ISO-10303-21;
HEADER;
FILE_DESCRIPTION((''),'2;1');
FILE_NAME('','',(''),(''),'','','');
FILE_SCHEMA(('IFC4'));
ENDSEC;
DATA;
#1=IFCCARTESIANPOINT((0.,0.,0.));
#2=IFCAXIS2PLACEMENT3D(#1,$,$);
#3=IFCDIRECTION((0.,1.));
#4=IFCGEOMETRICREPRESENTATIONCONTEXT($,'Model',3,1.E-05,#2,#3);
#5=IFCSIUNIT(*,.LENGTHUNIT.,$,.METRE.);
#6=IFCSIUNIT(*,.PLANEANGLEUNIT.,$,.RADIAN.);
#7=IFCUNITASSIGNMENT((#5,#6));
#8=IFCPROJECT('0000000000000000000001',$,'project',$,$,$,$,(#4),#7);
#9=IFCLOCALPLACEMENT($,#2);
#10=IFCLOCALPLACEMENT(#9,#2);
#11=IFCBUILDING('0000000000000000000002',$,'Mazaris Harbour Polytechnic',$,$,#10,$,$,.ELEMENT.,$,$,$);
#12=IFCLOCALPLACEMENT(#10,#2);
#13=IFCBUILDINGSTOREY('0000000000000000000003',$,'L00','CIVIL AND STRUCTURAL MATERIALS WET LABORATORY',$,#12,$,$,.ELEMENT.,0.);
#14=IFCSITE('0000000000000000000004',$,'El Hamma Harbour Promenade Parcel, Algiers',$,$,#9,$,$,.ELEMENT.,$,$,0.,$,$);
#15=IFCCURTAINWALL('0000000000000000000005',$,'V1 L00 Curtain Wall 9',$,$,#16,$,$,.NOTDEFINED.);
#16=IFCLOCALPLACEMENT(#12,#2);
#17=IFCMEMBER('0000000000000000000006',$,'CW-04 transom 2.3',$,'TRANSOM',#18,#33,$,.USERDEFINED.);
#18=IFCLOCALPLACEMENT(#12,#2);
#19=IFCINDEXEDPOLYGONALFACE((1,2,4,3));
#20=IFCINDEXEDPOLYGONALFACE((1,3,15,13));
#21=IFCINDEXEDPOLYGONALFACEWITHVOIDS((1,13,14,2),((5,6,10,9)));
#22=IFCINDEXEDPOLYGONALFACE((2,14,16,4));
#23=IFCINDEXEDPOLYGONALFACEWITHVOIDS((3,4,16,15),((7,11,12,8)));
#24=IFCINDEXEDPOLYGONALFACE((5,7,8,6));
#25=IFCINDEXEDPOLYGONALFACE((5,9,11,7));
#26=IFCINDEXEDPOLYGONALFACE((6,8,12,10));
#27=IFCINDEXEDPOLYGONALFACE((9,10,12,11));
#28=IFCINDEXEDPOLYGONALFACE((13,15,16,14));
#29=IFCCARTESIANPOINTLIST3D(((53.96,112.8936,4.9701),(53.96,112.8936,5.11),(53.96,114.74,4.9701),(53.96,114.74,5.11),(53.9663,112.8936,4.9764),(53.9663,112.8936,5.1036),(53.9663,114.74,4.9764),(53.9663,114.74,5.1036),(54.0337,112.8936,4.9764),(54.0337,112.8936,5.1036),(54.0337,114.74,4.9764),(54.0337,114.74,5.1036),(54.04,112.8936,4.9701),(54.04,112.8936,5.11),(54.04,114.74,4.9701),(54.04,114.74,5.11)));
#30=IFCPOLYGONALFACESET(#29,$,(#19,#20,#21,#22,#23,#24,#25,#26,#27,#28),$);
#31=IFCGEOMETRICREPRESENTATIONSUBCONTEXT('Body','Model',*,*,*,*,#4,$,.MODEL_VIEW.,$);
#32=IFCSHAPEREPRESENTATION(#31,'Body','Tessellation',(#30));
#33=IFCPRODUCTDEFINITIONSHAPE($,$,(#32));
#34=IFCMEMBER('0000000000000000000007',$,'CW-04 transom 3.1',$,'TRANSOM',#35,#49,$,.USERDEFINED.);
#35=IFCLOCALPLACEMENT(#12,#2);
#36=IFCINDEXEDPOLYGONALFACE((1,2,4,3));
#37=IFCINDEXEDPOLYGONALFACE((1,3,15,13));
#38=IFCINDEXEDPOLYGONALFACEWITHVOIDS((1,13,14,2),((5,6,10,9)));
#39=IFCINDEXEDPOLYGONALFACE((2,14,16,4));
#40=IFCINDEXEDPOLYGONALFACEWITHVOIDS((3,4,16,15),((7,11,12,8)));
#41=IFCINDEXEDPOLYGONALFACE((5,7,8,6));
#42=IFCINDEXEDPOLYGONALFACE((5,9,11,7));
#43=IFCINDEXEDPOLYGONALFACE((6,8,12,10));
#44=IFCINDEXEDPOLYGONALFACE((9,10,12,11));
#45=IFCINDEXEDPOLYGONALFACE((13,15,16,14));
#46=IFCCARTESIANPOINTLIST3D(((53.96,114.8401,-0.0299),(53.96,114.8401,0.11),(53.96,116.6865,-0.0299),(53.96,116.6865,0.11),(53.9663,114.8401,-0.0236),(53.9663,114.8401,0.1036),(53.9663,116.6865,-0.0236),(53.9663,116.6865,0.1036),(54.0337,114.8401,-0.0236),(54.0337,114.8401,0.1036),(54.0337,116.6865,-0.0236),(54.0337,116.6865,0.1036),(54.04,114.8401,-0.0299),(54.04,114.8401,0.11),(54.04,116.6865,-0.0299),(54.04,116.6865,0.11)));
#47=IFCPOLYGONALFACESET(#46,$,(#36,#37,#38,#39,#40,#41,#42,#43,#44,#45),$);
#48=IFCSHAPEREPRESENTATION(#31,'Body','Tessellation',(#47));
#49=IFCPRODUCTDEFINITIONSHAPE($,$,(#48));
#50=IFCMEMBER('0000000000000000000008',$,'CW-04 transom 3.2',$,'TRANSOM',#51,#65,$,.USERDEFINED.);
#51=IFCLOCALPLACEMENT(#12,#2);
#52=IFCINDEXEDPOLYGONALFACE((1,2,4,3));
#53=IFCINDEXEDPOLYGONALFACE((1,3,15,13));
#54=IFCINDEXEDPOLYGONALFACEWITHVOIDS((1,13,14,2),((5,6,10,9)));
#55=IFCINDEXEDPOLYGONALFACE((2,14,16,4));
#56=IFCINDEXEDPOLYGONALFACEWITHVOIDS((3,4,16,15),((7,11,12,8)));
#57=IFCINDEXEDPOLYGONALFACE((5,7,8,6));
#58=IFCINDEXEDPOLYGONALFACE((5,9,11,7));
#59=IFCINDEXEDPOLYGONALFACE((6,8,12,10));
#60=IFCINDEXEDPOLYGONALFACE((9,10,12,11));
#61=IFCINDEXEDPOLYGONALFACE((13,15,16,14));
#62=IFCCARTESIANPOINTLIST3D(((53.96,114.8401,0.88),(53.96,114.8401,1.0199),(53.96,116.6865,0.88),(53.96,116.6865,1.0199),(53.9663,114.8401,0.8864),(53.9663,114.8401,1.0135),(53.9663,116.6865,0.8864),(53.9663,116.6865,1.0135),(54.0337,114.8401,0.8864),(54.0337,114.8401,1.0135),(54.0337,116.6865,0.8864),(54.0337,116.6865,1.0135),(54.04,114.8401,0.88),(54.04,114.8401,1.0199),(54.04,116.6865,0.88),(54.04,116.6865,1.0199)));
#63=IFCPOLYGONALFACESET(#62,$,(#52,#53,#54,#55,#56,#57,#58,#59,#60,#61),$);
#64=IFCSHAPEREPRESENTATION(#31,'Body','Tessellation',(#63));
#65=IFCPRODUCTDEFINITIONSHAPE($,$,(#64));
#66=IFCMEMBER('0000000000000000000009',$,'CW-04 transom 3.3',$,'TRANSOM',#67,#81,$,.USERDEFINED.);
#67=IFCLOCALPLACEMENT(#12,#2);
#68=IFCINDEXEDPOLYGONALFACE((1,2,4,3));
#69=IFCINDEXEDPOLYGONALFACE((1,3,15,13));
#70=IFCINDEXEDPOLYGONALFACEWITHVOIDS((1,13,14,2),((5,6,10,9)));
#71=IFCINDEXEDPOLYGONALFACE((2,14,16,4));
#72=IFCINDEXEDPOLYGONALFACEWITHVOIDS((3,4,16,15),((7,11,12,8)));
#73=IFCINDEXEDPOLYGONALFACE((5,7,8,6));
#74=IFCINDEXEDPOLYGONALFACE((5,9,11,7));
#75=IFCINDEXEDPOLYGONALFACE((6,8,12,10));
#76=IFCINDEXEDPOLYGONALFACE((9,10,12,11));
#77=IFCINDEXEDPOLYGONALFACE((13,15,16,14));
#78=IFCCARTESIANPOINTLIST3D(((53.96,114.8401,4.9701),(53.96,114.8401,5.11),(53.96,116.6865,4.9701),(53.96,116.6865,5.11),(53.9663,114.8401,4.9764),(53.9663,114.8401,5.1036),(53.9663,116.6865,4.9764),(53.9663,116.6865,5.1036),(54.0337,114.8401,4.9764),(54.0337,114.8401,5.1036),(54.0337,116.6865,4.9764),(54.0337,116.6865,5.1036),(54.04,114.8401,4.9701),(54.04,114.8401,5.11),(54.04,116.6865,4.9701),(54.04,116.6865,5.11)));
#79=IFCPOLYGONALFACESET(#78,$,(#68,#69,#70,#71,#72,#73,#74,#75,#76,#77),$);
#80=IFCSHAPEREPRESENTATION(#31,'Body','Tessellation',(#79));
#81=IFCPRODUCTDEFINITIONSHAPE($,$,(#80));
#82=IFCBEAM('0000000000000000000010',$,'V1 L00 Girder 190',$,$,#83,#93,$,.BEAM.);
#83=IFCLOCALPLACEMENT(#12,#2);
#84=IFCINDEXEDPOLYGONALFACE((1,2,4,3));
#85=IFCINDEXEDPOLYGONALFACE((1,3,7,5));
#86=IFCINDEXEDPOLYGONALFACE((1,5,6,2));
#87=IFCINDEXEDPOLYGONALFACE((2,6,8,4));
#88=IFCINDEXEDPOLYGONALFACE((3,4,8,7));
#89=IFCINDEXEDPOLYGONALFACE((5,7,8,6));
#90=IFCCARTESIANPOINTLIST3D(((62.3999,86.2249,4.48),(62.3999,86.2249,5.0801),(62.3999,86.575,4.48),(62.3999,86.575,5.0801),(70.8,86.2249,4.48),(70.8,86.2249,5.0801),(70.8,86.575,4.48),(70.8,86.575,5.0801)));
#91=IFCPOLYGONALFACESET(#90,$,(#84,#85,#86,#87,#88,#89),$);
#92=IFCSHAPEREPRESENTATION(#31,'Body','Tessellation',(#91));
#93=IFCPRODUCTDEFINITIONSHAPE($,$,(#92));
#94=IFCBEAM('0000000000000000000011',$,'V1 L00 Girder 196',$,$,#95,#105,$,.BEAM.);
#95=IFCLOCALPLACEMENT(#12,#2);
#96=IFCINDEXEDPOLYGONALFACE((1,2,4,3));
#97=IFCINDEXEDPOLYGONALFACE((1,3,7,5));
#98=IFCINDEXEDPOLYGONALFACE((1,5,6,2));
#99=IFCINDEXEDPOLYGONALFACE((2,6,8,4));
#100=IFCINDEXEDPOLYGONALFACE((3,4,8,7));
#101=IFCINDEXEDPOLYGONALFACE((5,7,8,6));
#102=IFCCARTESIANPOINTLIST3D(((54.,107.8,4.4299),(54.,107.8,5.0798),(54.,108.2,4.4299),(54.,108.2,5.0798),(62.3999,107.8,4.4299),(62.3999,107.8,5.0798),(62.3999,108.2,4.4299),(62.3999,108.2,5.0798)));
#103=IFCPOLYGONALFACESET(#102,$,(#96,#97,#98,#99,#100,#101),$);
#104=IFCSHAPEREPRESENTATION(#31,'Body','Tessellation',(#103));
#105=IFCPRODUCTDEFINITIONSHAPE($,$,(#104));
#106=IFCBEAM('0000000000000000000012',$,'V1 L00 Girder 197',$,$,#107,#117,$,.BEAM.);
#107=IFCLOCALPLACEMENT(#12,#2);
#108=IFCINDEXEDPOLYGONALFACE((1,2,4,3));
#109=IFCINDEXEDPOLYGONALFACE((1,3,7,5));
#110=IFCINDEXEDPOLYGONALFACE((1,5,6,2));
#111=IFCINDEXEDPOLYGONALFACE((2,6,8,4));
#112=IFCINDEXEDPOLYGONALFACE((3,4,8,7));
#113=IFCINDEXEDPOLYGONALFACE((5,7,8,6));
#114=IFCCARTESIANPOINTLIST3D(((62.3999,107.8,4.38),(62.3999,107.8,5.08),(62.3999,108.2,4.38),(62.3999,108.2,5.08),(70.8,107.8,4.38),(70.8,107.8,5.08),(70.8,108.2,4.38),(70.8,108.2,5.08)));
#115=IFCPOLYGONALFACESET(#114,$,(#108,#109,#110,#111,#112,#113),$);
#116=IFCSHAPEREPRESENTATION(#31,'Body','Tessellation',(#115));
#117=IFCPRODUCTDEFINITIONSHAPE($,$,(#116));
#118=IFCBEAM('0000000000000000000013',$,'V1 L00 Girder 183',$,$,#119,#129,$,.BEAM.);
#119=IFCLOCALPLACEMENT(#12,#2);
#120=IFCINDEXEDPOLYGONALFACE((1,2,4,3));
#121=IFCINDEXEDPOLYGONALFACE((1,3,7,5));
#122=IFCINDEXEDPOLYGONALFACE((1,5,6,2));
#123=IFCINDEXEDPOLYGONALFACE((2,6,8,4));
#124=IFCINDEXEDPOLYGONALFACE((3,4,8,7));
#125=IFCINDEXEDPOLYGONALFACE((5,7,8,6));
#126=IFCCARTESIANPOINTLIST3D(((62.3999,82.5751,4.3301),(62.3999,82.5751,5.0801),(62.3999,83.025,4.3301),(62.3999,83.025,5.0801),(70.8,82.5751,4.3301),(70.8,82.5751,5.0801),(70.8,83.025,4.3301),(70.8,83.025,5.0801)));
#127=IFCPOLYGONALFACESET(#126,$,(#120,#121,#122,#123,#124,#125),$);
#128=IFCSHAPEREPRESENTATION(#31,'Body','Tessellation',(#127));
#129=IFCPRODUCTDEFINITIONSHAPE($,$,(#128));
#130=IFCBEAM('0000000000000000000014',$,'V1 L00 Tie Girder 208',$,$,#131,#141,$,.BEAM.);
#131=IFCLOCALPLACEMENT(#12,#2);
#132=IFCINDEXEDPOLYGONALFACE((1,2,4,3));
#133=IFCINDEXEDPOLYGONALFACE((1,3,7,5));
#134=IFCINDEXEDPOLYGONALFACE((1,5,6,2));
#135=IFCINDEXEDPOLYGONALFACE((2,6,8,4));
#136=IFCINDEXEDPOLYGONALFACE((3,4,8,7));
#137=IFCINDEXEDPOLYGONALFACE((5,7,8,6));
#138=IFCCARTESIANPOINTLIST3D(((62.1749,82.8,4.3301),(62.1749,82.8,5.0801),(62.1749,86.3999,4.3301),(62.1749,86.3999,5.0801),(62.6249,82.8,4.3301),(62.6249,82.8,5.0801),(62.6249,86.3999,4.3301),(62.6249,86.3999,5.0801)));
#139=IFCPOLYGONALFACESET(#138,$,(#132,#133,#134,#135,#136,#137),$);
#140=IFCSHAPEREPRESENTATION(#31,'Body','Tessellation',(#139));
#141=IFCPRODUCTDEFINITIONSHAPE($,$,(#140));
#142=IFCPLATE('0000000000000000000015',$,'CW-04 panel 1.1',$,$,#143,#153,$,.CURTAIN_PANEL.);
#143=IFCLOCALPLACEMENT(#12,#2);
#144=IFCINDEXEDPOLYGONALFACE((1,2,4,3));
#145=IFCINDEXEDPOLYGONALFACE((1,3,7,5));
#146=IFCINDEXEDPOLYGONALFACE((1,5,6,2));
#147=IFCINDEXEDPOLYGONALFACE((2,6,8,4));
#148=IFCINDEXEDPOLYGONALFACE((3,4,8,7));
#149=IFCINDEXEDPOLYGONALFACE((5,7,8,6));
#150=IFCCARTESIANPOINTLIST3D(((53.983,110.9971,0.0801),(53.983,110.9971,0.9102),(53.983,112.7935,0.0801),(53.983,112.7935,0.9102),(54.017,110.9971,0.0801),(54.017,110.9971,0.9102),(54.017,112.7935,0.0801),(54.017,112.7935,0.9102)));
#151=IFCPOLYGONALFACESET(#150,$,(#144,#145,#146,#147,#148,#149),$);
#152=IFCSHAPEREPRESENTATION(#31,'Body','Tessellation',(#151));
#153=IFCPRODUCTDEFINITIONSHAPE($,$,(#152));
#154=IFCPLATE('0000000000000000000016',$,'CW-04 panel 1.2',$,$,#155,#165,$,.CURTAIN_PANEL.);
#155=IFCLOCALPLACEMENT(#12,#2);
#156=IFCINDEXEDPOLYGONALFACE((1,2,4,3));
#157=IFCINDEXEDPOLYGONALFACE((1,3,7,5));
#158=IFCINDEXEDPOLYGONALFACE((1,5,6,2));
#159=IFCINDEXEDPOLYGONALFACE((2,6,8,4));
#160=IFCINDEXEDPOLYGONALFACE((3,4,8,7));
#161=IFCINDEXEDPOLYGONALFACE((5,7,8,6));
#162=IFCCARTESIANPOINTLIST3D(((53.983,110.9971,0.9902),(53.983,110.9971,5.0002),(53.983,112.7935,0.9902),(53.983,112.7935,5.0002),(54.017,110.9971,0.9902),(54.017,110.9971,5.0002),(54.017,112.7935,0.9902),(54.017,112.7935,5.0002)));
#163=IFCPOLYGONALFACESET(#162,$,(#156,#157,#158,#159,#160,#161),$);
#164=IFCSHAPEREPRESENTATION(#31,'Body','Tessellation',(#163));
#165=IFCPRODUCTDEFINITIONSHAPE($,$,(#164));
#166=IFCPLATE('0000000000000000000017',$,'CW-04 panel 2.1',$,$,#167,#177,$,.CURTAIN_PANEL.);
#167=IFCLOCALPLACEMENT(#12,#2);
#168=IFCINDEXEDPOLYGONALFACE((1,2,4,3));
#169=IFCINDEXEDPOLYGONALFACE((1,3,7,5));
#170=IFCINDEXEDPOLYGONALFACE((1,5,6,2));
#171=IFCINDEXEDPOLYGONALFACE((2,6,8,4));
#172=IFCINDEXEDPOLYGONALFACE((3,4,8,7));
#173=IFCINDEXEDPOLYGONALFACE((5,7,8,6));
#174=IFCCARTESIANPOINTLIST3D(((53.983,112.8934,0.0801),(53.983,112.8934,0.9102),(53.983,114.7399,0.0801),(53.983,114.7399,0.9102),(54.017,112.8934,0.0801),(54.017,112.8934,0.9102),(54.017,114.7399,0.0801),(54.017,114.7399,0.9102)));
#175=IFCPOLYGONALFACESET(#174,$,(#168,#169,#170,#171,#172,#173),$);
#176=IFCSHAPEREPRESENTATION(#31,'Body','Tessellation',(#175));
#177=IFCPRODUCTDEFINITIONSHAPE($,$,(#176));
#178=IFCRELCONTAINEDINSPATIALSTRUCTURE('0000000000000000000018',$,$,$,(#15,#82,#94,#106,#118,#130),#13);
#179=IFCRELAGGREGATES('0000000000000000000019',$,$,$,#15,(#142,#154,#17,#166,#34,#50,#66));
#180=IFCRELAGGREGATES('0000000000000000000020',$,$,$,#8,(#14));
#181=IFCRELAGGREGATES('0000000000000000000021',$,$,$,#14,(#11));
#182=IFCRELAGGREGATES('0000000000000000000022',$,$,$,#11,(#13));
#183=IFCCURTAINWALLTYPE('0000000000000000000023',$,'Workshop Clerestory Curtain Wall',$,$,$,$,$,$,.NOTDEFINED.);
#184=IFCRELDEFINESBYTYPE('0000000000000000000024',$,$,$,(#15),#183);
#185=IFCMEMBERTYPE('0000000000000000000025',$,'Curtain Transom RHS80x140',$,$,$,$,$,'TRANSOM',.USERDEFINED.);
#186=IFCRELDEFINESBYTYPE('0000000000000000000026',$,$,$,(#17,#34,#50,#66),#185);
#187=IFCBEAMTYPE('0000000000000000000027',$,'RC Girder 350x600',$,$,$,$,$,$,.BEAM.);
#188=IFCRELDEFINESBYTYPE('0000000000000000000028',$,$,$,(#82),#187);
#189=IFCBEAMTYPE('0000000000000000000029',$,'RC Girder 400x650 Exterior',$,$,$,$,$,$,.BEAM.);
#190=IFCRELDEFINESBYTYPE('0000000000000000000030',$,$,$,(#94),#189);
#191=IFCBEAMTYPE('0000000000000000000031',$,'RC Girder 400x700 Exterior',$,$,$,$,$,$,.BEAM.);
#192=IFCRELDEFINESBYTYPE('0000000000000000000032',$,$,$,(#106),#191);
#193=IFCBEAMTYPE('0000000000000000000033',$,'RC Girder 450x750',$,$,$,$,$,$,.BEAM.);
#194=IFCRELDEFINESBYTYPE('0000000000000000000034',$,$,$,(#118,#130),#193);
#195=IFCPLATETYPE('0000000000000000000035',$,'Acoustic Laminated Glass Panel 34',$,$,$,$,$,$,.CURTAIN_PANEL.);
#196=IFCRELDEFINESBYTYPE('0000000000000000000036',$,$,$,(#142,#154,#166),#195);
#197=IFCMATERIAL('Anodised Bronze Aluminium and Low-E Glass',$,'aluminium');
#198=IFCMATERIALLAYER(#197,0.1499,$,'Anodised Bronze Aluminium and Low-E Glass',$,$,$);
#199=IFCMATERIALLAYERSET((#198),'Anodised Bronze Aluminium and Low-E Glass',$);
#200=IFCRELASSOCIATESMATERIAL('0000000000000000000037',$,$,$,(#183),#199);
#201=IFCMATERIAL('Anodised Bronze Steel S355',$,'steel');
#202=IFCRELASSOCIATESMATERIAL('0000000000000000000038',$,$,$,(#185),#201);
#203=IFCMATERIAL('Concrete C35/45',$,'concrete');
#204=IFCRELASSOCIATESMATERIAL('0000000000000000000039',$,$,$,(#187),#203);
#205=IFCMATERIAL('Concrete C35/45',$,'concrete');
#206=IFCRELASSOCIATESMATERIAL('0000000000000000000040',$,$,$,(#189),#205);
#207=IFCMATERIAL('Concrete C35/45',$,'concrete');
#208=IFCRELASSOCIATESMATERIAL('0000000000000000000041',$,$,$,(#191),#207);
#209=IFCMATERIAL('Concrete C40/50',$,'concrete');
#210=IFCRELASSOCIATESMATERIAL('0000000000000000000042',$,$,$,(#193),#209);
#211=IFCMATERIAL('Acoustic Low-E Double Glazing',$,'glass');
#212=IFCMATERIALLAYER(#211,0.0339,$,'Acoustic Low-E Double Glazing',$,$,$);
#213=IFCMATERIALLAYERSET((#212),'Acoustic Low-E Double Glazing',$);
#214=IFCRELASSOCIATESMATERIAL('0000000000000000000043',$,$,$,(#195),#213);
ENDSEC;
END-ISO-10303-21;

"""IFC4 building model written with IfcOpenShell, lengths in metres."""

from ifc_helpers import new_model, si_unit, direction, frame, origin, origin_2d, place, context, subcontext, project, spatial, rectangle, hollow_rectangle, extrude, material, layer, layer_set, material_profile, profile_set, type_object, element, aggregate, save


model = new_model("IFC4")

# Units and contexts
model_context = context("Model", 3, precision=1e-05, world=origin(), true_north=direction((0.0, 1.0)))
body_context = subcontext(model_context, "Body", "Model", "MODEL_VIEW")
ifc_project = project(units=[si_unit("LENGTHUNIT", "METRE"), si_unit("PLANEANGLEUNIT", "RADIAN")], contexts=[model_context])

# Site, building, storey
site_placement = place(None, origin())
site = spatial("IfcSite", under=ifc_project, at=site_placement, Name="El Hamma Harbour Promenade Parcel, Algiers", CompositionType="ELEMENT", RefElevation=0.0)
building_placement = place(site_placement, origin())
building = spatial("IfcBuilding", under=site, at=building_placement, Name="Mazaris Harbour Polytechnic", CompositionType="ELEMENT")
storey_placement = place(building_placement, origin())
storey = spatial("IfcBuildingStorey", under=building, at=storey_placement, Name="L00", Description="CIVIL AND STRUCTURAL MATERIALS WET LABORATORY", CompositionType="ELEMENT", Elevation=0.0)

# Curtain wall, members
ifc_material_1 = material(Name="Anodised Bronze Aluminium and Low-E Glass", Category="aluminium")
ifc_layer_1 = layer(ifc_material_1, 0.1499, Name="Anodised Bronze Aluminium and Low-E Glass")
ifc_layer_set_1 = layer_set([ifc_layer_1], Name="Anodised Bronze Aluminium and Low-E Glass")
curtain_wall_type = type_object("IfcCurtainWallType", Name="Workshop Clerestory Curtain Wall", PredefinedType="NOTDEFINED", material=ifc_layer_set_1)
curtain_wall_placement = place(storey_placement, origin())
curtain_wall = element("IfcCurtainWall", 1, at=curtain_wall_placement, inside=storey, type_object=curtain_wall_type, Name="V1 L00 Curtain Wall 9", PredefinedType="NOTDEFINED")
ifc_material_2 = material(Name="Anodised Bronze Steel S355", Category="steel")
ifc_material_profile_1 = material_profile(ifc_material_2, hollow_rectangle(XDim=0.0801, YDim=0.1399, WallThickness=0.0063, at=origin_2d()), Name="RHS 80x140x6.3")
ifc_profile_set_1 = profile_set([ifc_material_profile_1], Name="Anodised Bronze Steel S355")
member_type_1 = type_object("IfcMemberType", Name="Curtain Transom RHS80x140", ElementType="TRANSOM", PredefinedType="USERDEFINED", material=ifc_profile_set_1)
member_1_placement = place(storey_placement, frame((54.0, 112.8936, 5.04), z_axis=(0.0, 1.0, 0.0), x_axis=(-1.0, 0.0, 0.0)))
member_1 = element("IfcMember", 2, at=member_1_placement, type_object=member_type_1, Name="CW-04 transom 2.3", ObjectType="TRANSOM", PredefinedType="USERDEFINED", context=body_context, shape_type="SweptSolid", body=[
    extrude(hollow_rectangle(XDim=0.0801, YDim=0.1399, WallThickness=0.0063, at=origin_2d()), origin(), (0.0, 0.0, 1.0), 1.8464),
])
member_2_placement = place(storey_placement, frame((54.0, 114.8401, 0.04), z_axis=(0.0, 1.0, 0.0), x_axis=(-1.0, 0.0, 0.0)))
member_2 = element("IfcMember", 3, at=member_2_placement, type_object=member_type_1, Name="CW-04 transom 3.1", ObjectType="TRANSOM", PredefinedType="USERDEFINED", context=body_context, shape_type="SweptSolid", body=[
    extrude(hollow_rectangle(XDim=0.0801, YDim=0.1399, WallThickness=0.0063, at=origin_2d()), origin(), (0.0, 0.0, 1.0), 1.8464),
])
member_3_placement = place(storey_placement, frame((54.0, 114.8401, 0.95), z_axis=(0.0, 1.0, 0.0), x_axis=(-1.0, 0.0, 0.0)))
member_3 = element("IfcMember", 4, at=member_3_placement, type_object=member_type_1, Name="CW-04 transom 3.2", ObjectType="TRANSOM", PredefinedType="USERDEFINED", context=body_context, shape_type="SweptSolid", body=[
    extrude(hollow_rectangle(XDim=0.0801, YDim=0.1399, WallThickness=0.0063, at=origin_2d()), origin(), (0.0, 0.0, 1.0), 1.8464),
])
member_4_placement = place(storey_placement, frame((54.0, 114.8401, 5.04), z_axis=(0.0, 1.0, 0.0), x_axis=(-1.0, 0.0, 0.0)))
member_4 = element("IfcMember", 5, at=member_4_placement, type_object=member_type_1, Name="CW-04 transom 3.3", ObjectType="TRANSOM", PredefinedType="USERDEFINED", context=body_context, shape_type="SweptSolid", body=[
    extrude(hollow_rectangle(XDim=0.0801, YDim=0.1399, WallThickness=0.0063, at=origin_2d()), origin(), (0.0, 0.0, 1.0), 1.8464),
])

# Beams
ifc_material_3 = material(Name="Concrete C35/45", Category="concrete")
ifc_material_profile_2 = material_profile(ifc_material_3, rectangle(XDim=0.3501, YDim=0.6001, at=origin_2d()), Name="RECT350x600")
ifc_profile_set_2 = profile_set([ifc_material_profile_2], Name="Concrete C35/45")
beam_type_1 = type_object("IfcBeamType", Name="RC Girder 350x600", PredefinedType="BEAM", material=ifc_profile_set_2)
beam_1_placement = place(storey_placement, frame((62.3999, 86.3999, 4.78), z_axis=(1.0, 0.0, 0.0), x_axis=(0.0, 1.0, 0.0)))
element("IfcBeam", 6, at=beam_1_placement, inside=storey, type_object=beam_type_1, Name="V1 L00 Girder 190", PredefinedType="BEAM", context=body_context, shape_type="SweptSolid", body=[
    extrude(rectangle(XDim=0.3501, YDim=0.6001, at=origin_2d()), origin(), (0.0, 0.0, 1.0), 8.4001),
])
ifc_material_4 = material(Name="Concrete C35/45", Category="concrete")
ifc_material_profile_3 = material_profile(ifc_material_4, rectangle(XDim=0.3999, YDim=0.6499, at=origin_2d()), Name="RECT400x650")
ifc_profile_set_3 = profile_set([ifc_material_profile_3], Name="Concrete C35/45")
beam_type_2 = type_object("IfcBeamType", Name="RC Girder 400x650 Exterior", PredefinedType="BEAM", material=ifc_profile_set_3)
beam_2_placement = place(storey_placement, frame((54.0, 108.0, 4.7549), z_axis=(1.0, 0.0, 0.0), x_axis=(0.0, 1.0, 0.0)))
element("IfcBeam", 7, at=beam_2_placement, inside=storey, type_object=beam_type_2, Name="V1 L00 Girder 196", PredefinedType="BEAM", context=body_context, shape_type="SweptSolid", body=[
    extrude(rectangle(XDim=0.3999, YDim=0.6499, at=origin_2d()), origin(), (0.0, 0.0, 1.0), 8.3999),
])
ifc_material_5 = material(Name="Concrete C35/45", Category="concrete")
ifc_material_profile_4 = material_profile(ifc_material_5, rectangle(XDim=0.3999, YDim=0.7, at=origin_2d()), Name="RECT400x700")
ifc_profile_set_4 = profile_set([ifc_material_profile_4], Name="Concrete C35/45")
beam_type_3 = type_object("IfcBeamType", Name="RC Girder 400x700 Exterior", PredefinedType="BEAM", material=ifc_profile_set_4)
beam_3_placement = place(storey_placement, frame((62.3999, 108.0, 4.73), z_axis=(1.0, 0.0, 0.0), x_axis=(0.0, 1.0, 0.0)))
element("IfcBeam", 8, at=beam_3_placement, inside=storey, type_object=beam_type_3, Name="V1 L00 Girder 197", PredefinedType="BEAM", context=body_context, shape_type="SweptSolid", body=[
    extrude(rectangle(XDim=0.3999, YDim=0.7, at=origin_2d()), origin(), (0.0, 0.0, 1.0), 8.4001),
])
ifc_material_6 = material(Name="Concrete C40/50", Category="concrete")
ifc_material_profile_5 = material_profile(ifc_material_6, rectangle(XDim=0.45, YDim=0.75, at=origin_2d()), Name="RECT450x750")
ifc_profile_set_5 = profile_set([ifc_material_profile_5], Name="Concrete C40/50")
beam_type_4 = type_object("IfcBeamType", Name="RC Girder 450x750", PredefinedType="BEAM", material=ifc_profile_set_5)
beam_4_placement = place(storey_placement, frame((62.3999, 82.8, 4.7051), z_axis=(1.0, 0.0, 0.0), x_axis=(0.0, 1.0, 0.0)))
element("IfcBeam", 9, at=beam_4_placement, inside=storey, type_object=beam_type_4, Name="V1 L00 Girder 183", PredefinedType="BEAM", context=body_context, shape_type="SweptSolid", body=[
    extrude(rectangle(XDim=0.45, YDim=0.75, at=origin_2d()), origin(), (0.0, 0.0, 1.0), 8.4001),
])
beam_5_placement = place(storey_placement, frame((62.3999, 82.8, 4.7051), z_axis=(0.0, 1.0, 0.0), x_axis=(-1.0, 0.0, 0.0)))
element("IfcBeam", 10, at=beam_5_placement, inside=storey, type_object=beam_type_4, Name="V1 L00 Tie Girder 208", PredefinedType="BEAM", context=body_context, shape_type="SweptSolid", body=[
    extrude(rectangle(XDim=0.45, YDim=0.75, at=origin_2d()), origin(), (0.0, 0.0, 1.0), 3.5999),
])

# Plates
ifc_material_7 = material(Name="Acoustic Low-E Double Glazing", Category="glass")
ifc_layer_2 = layer(ifc_material_7, 0.0339, Name="Acoustic Low-E Double Glazing")
ifc_layer_set_2 = layer_set([ifc_layer_2], Name="Acoustic Low-E Double Glazing")
plate_type = type_object("IfcPlateType", Name="Acoustic Laminated Glass Panel 34", PredefinedType="CURTAIN_PANEL", material=ifc_layer_set_2)
plate_1_placement = place(storey_placement, frame((54.0, 111.8953, 0.0801), z_axis=(0.0, 0.0, 1.0), x_axis=(0.0, 1.0, 0.0)))
plate_1 = element("IfcPlate", 11, at=plate_1_placement, type_object=plate_type, Name="CW-04 panel 1.1", PredefinedType="CURTAIN_PANEL", context=body_context, shape_type="SweptSolid", body=[
    extrude(rectangle(XDim=1.7964, YDim=0.0339, at=origin_2d()), origin(), (0.0, 0.0, 1.0), 0.8301),
])
plate_2_placement = place(storey_placement, frame((54.0, 111.8953, 0.9902), z_axis=(0.0, 0.0, 1.0), x_axis=(0.0, 1.0, 0.0)))
plate_2 = element("IfcPlate", 12, at=plate_2_placement, type_object=plate_type, Name="CW-04 panel 1.2", PredefinedType="CURTAIN_PANEL", context=body_context, shape_type="SweptSolid", body=[
    extrude(rectangle(XDim=1.7964, YDim=0.0339, at=origin_2d()), origin(), (0.0, 0.0, 1.0), 4.01),
])
plate_3_placement = place(storey_placement, frame((54.0, 113.8167, 0.0801), z_axis=(0.0, 0.0, 1.0), x_axis=(0.0, 1.0, 0.0)))
plate_3 = element("IfcPlate", 13, at=plate_3_placement, type_object=plate_type, Name="CW-04 panel 2.1", PredefinedType="CURTAIN_PANEL", context=body_context, shape_type="SweptSolid", body=[
    extrude(rectangle(XDim=1.8464, YDim=0.0339, at=origin_2d()), origin(), (0.0, 0.0, 1.0), 0.8301),
])
aggregate(curtain_wall, [plate_1, plate_2, member_1, plate_3, member_2, member_3, member_4])

save(model, "model.ifc")
